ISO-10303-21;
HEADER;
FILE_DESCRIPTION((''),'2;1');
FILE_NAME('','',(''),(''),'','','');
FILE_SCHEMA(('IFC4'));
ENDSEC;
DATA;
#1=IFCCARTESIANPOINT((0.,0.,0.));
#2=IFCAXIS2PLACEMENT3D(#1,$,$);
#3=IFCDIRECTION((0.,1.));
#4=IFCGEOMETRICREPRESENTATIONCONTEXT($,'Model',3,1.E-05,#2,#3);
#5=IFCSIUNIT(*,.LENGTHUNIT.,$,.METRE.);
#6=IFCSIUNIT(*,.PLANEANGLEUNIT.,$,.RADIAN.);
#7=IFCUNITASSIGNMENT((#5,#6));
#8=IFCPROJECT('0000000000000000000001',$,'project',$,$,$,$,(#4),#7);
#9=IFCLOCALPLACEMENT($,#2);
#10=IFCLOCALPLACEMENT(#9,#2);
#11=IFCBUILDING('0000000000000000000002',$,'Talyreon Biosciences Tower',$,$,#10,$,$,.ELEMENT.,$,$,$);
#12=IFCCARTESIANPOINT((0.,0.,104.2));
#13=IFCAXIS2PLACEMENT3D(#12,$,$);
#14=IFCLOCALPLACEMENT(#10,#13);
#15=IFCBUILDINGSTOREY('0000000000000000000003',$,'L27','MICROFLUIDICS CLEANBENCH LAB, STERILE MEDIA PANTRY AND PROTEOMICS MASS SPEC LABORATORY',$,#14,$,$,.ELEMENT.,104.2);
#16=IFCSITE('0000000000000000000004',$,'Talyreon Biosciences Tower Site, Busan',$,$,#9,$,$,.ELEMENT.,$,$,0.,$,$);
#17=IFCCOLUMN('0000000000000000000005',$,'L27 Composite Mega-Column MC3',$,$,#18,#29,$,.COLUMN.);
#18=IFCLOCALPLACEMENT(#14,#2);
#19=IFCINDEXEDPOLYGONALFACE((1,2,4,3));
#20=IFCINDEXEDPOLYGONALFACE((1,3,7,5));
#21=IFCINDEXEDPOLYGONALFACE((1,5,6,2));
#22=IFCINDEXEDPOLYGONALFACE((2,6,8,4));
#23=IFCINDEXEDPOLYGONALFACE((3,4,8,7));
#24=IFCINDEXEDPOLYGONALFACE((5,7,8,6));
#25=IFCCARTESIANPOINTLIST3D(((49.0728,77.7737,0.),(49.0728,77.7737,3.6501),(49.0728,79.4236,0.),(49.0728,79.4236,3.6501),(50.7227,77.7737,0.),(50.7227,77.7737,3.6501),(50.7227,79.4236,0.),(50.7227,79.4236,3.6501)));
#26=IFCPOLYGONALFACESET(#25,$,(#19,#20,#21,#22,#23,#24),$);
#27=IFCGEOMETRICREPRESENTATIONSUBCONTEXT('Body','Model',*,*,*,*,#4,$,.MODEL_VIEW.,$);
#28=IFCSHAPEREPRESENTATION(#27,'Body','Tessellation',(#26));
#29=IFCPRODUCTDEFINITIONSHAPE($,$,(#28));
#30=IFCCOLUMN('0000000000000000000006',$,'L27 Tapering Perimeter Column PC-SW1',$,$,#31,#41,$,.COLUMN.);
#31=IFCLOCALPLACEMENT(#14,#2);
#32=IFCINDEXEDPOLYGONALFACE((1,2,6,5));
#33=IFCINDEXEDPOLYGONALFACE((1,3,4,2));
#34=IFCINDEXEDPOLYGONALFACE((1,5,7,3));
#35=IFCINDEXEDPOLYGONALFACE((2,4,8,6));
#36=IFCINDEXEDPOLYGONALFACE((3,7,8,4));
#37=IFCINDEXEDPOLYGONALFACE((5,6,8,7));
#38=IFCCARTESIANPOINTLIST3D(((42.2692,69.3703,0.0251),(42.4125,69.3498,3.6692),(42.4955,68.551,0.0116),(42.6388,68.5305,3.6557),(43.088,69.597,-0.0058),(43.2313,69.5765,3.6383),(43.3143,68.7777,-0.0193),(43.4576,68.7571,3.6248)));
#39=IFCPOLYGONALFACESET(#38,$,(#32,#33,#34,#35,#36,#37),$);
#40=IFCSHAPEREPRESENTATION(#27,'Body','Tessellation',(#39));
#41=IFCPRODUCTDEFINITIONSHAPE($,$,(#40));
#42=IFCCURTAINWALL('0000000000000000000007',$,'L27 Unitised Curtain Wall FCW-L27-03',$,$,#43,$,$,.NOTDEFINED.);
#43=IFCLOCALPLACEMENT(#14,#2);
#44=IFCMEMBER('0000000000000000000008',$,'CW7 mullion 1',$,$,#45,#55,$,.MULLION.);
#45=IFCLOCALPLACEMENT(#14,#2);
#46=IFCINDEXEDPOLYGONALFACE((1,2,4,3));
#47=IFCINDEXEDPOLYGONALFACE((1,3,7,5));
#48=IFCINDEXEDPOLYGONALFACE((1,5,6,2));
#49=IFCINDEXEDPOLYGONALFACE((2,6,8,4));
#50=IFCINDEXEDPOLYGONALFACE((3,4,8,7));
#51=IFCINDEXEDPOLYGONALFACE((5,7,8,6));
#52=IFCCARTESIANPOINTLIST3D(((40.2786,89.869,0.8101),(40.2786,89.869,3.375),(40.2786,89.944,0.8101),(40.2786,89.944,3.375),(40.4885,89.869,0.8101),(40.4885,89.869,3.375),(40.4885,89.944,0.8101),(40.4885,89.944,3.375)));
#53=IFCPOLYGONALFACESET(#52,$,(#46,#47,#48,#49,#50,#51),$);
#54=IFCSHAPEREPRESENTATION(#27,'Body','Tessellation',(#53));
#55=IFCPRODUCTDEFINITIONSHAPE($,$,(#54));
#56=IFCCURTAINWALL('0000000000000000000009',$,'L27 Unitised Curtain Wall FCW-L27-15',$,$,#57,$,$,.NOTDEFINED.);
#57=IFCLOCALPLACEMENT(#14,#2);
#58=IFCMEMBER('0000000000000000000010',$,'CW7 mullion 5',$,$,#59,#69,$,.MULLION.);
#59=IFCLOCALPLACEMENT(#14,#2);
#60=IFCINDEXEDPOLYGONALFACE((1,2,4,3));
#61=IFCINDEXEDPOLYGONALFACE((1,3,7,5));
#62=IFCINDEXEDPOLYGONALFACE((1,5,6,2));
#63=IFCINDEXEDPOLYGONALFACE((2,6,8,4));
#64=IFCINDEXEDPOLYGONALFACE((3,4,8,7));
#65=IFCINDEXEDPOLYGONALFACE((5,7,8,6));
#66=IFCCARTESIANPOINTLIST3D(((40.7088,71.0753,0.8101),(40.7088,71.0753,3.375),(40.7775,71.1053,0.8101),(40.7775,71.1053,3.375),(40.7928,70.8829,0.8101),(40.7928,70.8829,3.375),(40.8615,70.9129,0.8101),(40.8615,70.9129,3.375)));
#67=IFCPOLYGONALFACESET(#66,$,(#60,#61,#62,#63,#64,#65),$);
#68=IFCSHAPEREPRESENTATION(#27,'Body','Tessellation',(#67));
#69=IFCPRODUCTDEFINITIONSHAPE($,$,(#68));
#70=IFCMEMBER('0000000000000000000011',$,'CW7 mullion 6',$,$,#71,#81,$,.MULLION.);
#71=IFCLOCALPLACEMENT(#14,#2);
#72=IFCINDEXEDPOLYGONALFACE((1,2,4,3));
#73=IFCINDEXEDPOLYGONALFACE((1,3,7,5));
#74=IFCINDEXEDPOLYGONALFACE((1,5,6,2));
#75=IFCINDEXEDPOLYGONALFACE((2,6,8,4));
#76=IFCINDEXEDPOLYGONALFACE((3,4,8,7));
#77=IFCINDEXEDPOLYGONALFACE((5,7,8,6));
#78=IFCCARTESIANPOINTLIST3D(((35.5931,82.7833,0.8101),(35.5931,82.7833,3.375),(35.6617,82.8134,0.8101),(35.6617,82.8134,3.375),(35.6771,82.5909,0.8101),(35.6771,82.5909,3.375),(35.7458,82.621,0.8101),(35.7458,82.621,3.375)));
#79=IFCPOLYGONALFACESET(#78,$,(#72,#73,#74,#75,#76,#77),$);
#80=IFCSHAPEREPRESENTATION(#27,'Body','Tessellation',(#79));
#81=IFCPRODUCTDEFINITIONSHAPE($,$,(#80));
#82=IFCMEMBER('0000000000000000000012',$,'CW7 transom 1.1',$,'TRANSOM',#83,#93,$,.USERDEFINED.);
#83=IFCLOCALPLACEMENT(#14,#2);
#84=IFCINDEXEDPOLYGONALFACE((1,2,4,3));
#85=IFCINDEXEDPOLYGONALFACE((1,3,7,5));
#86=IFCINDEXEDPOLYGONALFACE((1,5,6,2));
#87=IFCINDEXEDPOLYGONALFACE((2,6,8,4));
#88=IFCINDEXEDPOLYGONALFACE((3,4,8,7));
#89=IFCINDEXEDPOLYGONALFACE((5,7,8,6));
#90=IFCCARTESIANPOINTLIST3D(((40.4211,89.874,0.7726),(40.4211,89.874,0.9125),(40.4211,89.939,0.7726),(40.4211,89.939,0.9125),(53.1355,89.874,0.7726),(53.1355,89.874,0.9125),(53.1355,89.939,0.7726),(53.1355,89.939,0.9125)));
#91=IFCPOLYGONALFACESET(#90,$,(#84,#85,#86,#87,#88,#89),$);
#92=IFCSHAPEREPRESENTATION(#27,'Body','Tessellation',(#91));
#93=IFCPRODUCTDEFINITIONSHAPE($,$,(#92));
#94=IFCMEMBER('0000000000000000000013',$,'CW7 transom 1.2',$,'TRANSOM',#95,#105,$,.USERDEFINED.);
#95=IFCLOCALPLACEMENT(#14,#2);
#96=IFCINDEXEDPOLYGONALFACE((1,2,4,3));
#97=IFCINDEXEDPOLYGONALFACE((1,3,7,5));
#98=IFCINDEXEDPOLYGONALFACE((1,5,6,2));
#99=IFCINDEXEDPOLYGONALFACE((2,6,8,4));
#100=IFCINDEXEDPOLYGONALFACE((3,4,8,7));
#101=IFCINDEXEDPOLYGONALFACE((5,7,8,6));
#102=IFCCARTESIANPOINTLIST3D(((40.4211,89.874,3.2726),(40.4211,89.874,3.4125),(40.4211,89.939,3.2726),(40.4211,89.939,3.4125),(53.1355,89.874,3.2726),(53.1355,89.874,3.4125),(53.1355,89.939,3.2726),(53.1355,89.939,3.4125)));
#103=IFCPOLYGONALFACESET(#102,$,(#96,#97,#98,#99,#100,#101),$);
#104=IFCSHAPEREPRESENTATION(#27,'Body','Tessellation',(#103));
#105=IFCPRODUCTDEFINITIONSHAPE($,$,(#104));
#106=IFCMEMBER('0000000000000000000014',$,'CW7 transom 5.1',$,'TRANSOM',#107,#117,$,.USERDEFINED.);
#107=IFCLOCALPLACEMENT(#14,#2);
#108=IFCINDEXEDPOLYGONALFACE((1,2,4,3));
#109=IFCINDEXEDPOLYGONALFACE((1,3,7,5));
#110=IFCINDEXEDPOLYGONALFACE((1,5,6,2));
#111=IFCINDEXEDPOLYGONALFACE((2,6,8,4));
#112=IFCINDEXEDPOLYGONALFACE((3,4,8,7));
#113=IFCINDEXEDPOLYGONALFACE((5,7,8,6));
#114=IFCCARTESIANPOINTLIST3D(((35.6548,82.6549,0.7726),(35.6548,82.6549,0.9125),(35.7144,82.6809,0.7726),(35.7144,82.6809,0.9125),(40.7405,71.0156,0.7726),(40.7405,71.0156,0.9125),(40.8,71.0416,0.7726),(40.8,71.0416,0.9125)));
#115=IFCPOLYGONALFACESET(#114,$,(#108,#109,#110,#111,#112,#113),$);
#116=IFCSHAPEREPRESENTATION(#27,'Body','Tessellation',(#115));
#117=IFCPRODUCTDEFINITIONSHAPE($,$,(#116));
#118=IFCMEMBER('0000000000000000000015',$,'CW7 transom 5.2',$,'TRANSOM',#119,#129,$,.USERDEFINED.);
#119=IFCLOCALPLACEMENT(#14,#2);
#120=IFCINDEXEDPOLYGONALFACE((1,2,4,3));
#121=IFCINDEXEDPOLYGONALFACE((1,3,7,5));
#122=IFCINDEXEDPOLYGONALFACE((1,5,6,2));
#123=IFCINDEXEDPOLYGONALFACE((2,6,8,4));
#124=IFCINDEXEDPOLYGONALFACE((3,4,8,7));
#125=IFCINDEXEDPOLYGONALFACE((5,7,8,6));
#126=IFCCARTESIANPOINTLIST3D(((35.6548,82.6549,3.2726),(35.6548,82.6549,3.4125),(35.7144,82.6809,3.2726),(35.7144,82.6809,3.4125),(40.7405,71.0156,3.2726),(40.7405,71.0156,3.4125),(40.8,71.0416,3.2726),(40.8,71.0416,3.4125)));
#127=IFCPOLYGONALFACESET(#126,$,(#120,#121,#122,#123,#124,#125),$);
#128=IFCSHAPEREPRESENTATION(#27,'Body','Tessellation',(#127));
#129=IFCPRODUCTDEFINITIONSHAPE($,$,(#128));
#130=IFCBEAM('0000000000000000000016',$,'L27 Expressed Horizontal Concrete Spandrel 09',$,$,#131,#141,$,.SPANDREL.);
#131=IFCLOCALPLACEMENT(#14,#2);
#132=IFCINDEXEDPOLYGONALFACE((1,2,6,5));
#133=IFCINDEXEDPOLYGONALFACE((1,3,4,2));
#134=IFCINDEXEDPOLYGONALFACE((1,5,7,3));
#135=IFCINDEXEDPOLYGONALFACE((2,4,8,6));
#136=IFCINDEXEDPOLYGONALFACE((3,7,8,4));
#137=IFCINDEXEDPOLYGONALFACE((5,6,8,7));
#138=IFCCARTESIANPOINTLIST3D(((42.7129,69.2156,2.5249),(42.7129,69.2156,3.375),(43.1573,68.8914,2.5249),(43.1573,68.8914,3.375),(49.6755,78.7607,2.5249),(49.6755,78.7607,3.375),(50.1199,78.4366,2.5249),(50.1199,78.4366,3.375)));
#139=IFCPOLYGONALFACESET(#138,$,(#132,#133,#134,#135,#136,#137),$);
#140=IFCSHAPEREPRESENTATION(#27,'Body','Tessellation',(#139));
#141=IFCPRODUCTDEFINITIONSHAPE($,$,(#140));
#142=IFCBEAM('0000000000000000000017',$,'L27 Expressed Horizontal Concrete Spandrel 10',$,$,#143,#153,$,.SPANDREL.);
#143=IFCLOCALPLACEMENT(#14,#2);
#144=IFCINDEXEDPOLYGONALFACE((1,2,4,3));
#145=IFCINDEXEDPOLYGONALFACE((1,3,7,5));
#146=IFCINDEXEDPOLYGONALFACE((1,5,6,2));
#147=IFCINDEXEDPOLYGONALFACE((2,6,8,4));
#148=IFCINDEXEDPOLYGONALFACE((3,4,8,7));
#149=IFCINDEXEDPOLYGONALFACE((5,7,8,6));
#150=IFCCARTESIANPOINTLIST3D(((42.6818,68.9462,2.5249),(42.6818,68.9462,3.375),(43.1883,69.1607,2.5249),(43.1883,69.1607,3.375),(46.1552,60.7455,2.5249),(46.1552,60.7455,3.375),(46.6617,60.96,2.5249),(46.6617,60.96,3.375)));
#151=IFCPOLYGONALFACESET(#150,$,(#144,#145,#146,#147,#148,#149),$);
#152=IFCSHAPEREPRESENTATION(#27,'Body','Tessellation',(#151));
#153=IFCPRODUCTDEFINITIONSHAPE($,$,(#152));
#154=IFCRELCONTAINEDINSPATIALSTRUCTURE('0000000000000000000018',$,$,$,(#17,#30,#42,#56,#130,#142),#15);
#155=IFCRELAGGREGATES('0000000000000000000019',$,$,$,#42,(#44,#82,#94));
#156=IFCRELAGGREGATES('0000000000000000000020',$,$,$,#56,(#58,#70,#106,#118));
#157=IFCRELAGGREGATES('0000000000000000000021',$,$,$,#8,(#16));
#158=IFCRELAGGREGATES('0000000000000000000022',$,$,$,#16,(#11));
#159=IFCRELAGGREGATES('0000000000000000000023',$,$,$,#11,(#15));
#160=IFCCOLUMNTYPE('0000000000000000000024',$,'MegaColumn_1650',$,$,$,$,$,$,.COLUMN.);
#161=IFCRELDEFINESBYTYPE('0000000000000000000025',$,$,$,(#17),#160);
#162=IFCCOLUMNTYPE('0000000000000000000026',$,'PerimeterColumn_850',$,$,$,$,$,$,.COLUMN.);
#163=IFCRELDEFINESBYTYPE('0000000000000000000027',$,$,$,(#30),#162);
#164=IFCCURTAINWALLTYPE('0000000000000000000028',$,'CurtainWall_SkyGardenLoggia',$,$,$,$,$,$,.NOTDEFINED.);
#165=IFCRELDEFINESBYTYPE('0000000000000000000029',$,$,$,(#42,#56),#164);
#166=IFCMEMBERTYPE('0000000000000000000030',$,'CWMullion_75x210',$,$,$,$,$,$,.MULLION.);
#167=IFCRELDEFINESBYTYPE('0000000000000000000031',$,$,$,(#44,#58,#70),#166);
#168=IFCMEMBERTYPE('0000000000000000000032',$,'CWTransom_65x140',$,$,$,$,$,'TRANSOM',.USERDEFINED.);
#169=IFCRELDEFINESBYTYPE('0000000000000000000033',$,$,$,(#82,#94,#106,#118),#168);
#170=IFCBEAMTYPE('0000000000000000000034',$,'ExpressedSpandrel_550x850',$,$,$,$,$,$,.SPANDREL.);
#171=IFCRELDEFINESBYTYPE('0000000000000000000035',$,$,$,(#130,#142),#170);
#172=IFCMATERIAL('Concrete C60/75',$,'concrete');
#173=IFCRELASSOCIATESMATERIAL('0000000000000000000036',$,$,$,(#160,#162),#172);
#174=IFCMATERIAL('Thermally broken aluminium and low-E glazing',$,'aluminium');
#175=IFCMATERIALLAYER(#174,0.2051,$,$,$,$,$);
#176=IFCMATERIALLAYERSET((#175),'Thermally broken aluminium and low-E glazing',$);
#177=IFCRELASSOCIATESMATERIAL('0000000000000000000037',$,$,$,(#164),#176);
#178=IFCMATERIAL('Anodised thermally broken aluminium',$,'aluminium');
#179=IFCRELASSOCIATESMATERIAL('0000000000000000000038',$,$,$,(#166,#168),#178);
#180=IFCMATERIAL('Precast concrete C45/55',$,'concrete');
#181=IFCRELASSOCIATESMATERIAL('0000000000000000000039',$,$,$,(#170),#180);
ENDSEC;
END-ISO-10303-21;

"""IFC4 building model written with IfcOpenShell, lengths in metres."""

from ifc_helpers import new_model, si_unit, direction, frame, origin, origin_2d, place, context, subcontext, project, spatial, rectangle, extrude, material, layer, layer_set, material_profile, profile_set, type_object, element, aggregate, save


model = new_model("IFC4")

# Units and contexts
model_context = context("Model", 3, precision=1e-05, world=origin(), true_north=direction((0.0, 1.0)))
body_context = subcontext(model_context, "Body", "Model", "MODEL_VIEW")
ifc_project = project(units=[si_unit("LENGTHUNIT", "METRE"), si_unit("PLANEANGLEUNIT", "RADIAN")], contexts=[model_context])

# Site, building, storey
site_placement = place(None, origin())
site = spatial("IfcSite", under=ifc_project, at=site_placement, Name="Talyreon Biosciences Tower Site, Busan", CompositionType="ELEMENT", RefElevation=0.0)
building_placement = place(site_placement, origin())
building = spatial("IfcBuilding", under=site, at=building_placement, Name="Talyreon Biosciences Tower", CompositionType="ELEMENT")
storey_placement = place(building_placement, frame((0.0, 0.0, 104.2)))
storey = spatial("IfcBuildingStorey", under=building, at=storey_placement, Name="L27", Description="MICROFLUIDICS CLEANBENCH LAB, STERILE MEDIA PANTRY AND PROTEOMICS MASS SPEC LABORATORY", CompositionType="ELEMENT", Elevation=104.2)

# Columns
ifc_material_1 = material(Name="Concrete C60/75", Category="concrete")
ifc_material_profile_1 = material_profile(ifc_material_1, rectangle(XDim=1.6499, YDim=1.6499, at=origin_2d()), Name="RC 1650x1650")
ifc_profile_set_1 = profile_set([ifc_material_profile_1], Name="Concrete C60/75")
column_type_1 = type_object("IfcColumnType", Name="MegaColumn_1650", PredefinedType="COLUMN", material=ifc_profile_set_1)
column_1_placement = place(storey_placement, frame((49.8977, 78.5986, 0.0), z_axis=(0.0, 0.0, 1.0), x_axis=(1.0, 0.0, 0.0)))
element("IfcColumn", 1, at=column_1_placement, inside=storey, type_object=column_type_1, Name="L27 Composite Mega-Column MC3", PredefinedType="COLUMN", context=body_context, shape_type="SweptSolid", body=[
    extrude(rectangle(XDim=1.6499, YDim=1.6499, at=origin_2d()), origin(), (0.0, 0.0, 1.0), 3.6501),
])
ifc_material_profile_2 = material_profile(ifc_material_1, rectangle(XDim=0.8501, YDim=0.8501, at=origin_2d()), Name="RC 850x850")
ifc_profile_set_2 = profile_set([ifc_material_profile_2], Name="Concrete C60/75")
column_type_2 = type_object("IfcColumnType", Name="PerimeterColumn_850", PredefinedType="COLUMN", material=ifc_profile_set_2)
column_2_placement = place(storey_placement, frame((42.7917, 69.074, 0.0029), z_axis=(0.039296, -0.005623, 0.999212), x_axis=(0.96311, 0.266638, -0.036376)))
element("IfcColumn", 2, at=column_2_placement, inside=storey, type_object=column_type_2, Name="L27 Tapering Perimeter Column PC-SW1", PredefinedType="COLUMN", context=body_context, shape_type="SweptSolid", body=[
    extrude(rectangle(XDim=0.8501, YDim=0.8501, at=origin_2d()), origin(), (0.0, 0.0, 1.0), 3.647),
])

# Curtain wall, member
ifc_material_2 = material(Name="Thermally broken aluminium and low-E glazing", Category="aluminium")
ifc_layer_1 = layer(ifc_material_2, 0.2051)
ifc_layer_set_1 = layer_set([ifc_layer_1], Name="Thermally broken aluminium and low-E glazing")
curtain_wall_type = type_object("IfcCurtainWallType", Name="CurtainWall_SkyGardenLoggia", PredefinedType="NOTDEFINED", material=ifc_layer_set_1)
curtain_wall_1_placement = place(storey_placement, origin())
curtain_wall_1 = element("IfcCurtainWall", 3, at=curtain_wall_1_placement, inside=storey, type_object=curtain_wall_type, Name="L27 Unitised Curtain Wall FCW-L27-03", PredefinedType="NOTDEFINED")
ifc_material_3 = material(Name="Anodised thermally broken aluminium", Category="aluminium")
ifc_material_profile_3 = material_profile(ifc_material_3, rectangle(XDim=0.075, YDim=0.21, at=origin_2d()), Name="ALUM MULLION 75x210")
ifc_profile_set_3 = profile_set([ifc_material_profile_3], Name="Anodised thermally broken aluminium")
member_type_1 = type_object("IfcMemberType", Name="CWMullion_75x210", PredefinedType="MULLION", material=ifc_profile_set_3)
member_1_placement = place(storey_placement, frame((40.3835, 89.9065, 0.8101), z_axis=(0.0, 0.0, 1.0), x_axis=(0.0, 1.0, 0.0)))
member_1 = element("IfcMember", 4, at=member_1_placement, type_object=member_type_1, Name="CW7 mullion 1", PredefinedType="MULLION", context=body_context, shape_type="SweptSolid", body=[
    extrude(rectangle(XDim=0.075, YDim=0.21, at=origin_2d()), origin(), (0.0, 0.0, 1.0), 2.5649),
])

# Curtain wall, members
curtain_wall_2_placement = place(storey_placement, origin())
curtain_wall_2 = element("IfcCurtainWall", 5, at=curtain_wall_2_placement, inside=storey, type_object=curtain_wall_type, Name="L27 Unitised Curtain Wall FCW-L27-15", PredefinedType="NOTDEFINED")
member_2_placement = place(storey_placement, frame((40.7852, 70.9941, 0.8101), z_axis=(0.0, 0.0, 1.0), x_axis=(-0.916346, -0.400387, 0.0)))
member_2 = element("IfcMember", 6, at=member_2_placement, type_object=member_type_1, Name="CW7 mullion 5", PredefinedType="MULLION", context=body_context, shape_type="SweptSolid", body=[
    extrude(rectangle(XDim=0.075, YDim=0.21, at=origin_2d()), origin(), (0.0, 0.0, 1.0), 2.5649),
])
member_3_placement = place(storey_placement, frame((35.6694, 82.7021, 0.8101), z_axis=(0.0, 0.0, 1.0), x_axis=(-0.916346, -0.400387, 0.0)))
member_3 = element("IfcMember", 7, at=member_3_placement, type_object=member_type_1, Name="CW7 mullion 6", PredefinedType="MULLION", context=body_context, shape_type="SweptSolid", body=[
    extrude(rectangle(XDim=0.075, YDim=0.21, at=origin_2d()), origin(), (0.0, 0.0, 1.0), 2.5649),
])

# Members
ifc_material_profile_4 = material_profile(ifc_material_3, rectangle(XDim=0.0649, YDim=0.1399, at=origin_2d()), Name="ALUM TRANSOM 65x140")
ifc_profile_set_4 = profile_set([ifc_material_profile_4], Name="Anodised thermally broken aluminium")
member_type_2 = type_object("IfcMemberType", Name="CWTransom_65x140", ElementType="TRANSOM", PredefinedType="USERDEFINED", material=ifc_profile_set_4)
member_4_placement = place(storey_placement, frame((40.4211, 89.9065, 0.8425), z_axis=(1.0, 0.0, 0.0), x_axis=(0.0, 1.0, 0.0)))
member_4 = element("IfcMember", 8, at=member_4_placement, type_object=member_type_2, Name="CW7 transom 1.1", ObjectType="TRANSOM", PredefinedType="USERDEFINED", context=body_context, shape_type="SweptSolid", body=[
    extrude(rectangle(XDim=0.0649, YDim=0.1399, at=origin_2d()), origin(), (0.0, 0.0, 1.0), 12.7144),
])
member_5_placement = place(storey_placement, frame((40.4211, 89.9065, 3.3425), z_axis=(1.0, 0.0, 0.0), x_axis=(0.0, 1.0, 0.0)))
member_5 = element("IfcMember", 9, at=member_5_placement, type_object=member_type_2, Name="CW7 transom 1.2", ObjectType="TRANSOM", PredefinedType="USERDEFINED", context=body_context, shape_type="SweptSolid", body=[
    extrude(rectangle(XDim=0.0649, YDim=0.1399, at=origin_2d()), origin(), (0.0, 0.0, 1.0), 12.7144),
])
member_6_placement = place(storey_placement, frame((40.7703, 71.0286, 0.8425), z_axis=(-0.400386, 0.916346, 0.0), x_axis=(-0.916346, -0.400386, 0.0)))
member_6 = element("IfcMember", 10, at=member_6_placement, type_object=member_type_2, Name="CW7 transom 5.1", ObjectType="TRANSOM", PredefinedType="USERDEFINED", context=body_context, shape_type="SweptSolid", body=[
    extrude(rectangle(XDim=0.0649, YDim=0.1399, at=origin_2d()), origin(), (0.0, 0.0, 1.0), 12.7019),
])
member_7_placement = place(storey_placement, frame((40.7703, 71.0286, 3.3425), z_axis=(-0.400386, 0.916346, 0.0), x_axis=(-0.916346, -0.400386, 0.0)))
member_7 = element("IfcMember", 11, at=member_7_placement, type_object=member_type_2, Name="CW7 transom 5.2", ObjectType="TRANSOM", PredefinedType="USERDEFINED", context=body_context, shape_type="SweptSolid", body=[
    extrude(rectangle(XDim=0.0649, YDim=0.1399, at=origin_2d()), origin(), (0.0, 0.0, 1.0), 12.7019),
])

# Beams
ifc_material_4 = material(Name="Precast concrete C45/55", Category="concrete")
ifc_material_profile_5 = material_profile(ifc_material_4, rectangle(XDim=0.55, YDim=0.8501, at=origin_2d()), Name="RCB 550x850")
ifc_profile_set_5 = profile_set([ifc_material_profile_5], Name="Precast concrete C45/55")
beam_type_1 = type_object("IfcBeamType", Name="ExpressedSpandrel_550x850", PredefinedType="SPANDREL", material=ifc_profile_set_5)
beam_1_placement = place(storey_placement, frame((49.8977, 78.5986, 2.95), z_axis=(-0.589317, -0.807902, 0.0), x_axis=(0.807902, -0.589317, 0.0)))
element("IfcBeam", 12, at=beam_1_placement, inside=storey, type_object=beam_type_1, Name="L27 Expressed Horizontal Concrete Spandrel 09", PredefinedType="SPANDREL", context=body_context, shape_type="SweptSolid", body=[
    extrude(rectangle(XDim=0.55, YDim=0.8501, at=origin_2d()), origin(), (0.0, 0.0, 1.0), 11.8147),
])
beam_2_placement = place(storey_placement, frame((42.9351, 69.0535, 2.95), z_axis=(0.390008, -0.920811, 0.0), x_axis=(0.920811, 0.390008, 0.0)))
element("IfcBeam", 13, at=beam_2_placement, inside=storey, type_object=beam_type_1, Name="L27 Expressed Horizontal Concrete Spandrel 10", PredefinedType="SPANDREL", context=body_context, shape_type="SweptSolid", body=[
    extrude(rectangle(XDim=0.55, YDim=0.8501, at=origin_2d()), origin(), (0.0, 0.0, 1.0), 8.906),
])

aggregate(curtain_wall_1, [member_1, member_4, member_5])
aggregate(curtain_wall_2, [member_2, member_3, member_6, member_7])

save(model, "model.ifc")
